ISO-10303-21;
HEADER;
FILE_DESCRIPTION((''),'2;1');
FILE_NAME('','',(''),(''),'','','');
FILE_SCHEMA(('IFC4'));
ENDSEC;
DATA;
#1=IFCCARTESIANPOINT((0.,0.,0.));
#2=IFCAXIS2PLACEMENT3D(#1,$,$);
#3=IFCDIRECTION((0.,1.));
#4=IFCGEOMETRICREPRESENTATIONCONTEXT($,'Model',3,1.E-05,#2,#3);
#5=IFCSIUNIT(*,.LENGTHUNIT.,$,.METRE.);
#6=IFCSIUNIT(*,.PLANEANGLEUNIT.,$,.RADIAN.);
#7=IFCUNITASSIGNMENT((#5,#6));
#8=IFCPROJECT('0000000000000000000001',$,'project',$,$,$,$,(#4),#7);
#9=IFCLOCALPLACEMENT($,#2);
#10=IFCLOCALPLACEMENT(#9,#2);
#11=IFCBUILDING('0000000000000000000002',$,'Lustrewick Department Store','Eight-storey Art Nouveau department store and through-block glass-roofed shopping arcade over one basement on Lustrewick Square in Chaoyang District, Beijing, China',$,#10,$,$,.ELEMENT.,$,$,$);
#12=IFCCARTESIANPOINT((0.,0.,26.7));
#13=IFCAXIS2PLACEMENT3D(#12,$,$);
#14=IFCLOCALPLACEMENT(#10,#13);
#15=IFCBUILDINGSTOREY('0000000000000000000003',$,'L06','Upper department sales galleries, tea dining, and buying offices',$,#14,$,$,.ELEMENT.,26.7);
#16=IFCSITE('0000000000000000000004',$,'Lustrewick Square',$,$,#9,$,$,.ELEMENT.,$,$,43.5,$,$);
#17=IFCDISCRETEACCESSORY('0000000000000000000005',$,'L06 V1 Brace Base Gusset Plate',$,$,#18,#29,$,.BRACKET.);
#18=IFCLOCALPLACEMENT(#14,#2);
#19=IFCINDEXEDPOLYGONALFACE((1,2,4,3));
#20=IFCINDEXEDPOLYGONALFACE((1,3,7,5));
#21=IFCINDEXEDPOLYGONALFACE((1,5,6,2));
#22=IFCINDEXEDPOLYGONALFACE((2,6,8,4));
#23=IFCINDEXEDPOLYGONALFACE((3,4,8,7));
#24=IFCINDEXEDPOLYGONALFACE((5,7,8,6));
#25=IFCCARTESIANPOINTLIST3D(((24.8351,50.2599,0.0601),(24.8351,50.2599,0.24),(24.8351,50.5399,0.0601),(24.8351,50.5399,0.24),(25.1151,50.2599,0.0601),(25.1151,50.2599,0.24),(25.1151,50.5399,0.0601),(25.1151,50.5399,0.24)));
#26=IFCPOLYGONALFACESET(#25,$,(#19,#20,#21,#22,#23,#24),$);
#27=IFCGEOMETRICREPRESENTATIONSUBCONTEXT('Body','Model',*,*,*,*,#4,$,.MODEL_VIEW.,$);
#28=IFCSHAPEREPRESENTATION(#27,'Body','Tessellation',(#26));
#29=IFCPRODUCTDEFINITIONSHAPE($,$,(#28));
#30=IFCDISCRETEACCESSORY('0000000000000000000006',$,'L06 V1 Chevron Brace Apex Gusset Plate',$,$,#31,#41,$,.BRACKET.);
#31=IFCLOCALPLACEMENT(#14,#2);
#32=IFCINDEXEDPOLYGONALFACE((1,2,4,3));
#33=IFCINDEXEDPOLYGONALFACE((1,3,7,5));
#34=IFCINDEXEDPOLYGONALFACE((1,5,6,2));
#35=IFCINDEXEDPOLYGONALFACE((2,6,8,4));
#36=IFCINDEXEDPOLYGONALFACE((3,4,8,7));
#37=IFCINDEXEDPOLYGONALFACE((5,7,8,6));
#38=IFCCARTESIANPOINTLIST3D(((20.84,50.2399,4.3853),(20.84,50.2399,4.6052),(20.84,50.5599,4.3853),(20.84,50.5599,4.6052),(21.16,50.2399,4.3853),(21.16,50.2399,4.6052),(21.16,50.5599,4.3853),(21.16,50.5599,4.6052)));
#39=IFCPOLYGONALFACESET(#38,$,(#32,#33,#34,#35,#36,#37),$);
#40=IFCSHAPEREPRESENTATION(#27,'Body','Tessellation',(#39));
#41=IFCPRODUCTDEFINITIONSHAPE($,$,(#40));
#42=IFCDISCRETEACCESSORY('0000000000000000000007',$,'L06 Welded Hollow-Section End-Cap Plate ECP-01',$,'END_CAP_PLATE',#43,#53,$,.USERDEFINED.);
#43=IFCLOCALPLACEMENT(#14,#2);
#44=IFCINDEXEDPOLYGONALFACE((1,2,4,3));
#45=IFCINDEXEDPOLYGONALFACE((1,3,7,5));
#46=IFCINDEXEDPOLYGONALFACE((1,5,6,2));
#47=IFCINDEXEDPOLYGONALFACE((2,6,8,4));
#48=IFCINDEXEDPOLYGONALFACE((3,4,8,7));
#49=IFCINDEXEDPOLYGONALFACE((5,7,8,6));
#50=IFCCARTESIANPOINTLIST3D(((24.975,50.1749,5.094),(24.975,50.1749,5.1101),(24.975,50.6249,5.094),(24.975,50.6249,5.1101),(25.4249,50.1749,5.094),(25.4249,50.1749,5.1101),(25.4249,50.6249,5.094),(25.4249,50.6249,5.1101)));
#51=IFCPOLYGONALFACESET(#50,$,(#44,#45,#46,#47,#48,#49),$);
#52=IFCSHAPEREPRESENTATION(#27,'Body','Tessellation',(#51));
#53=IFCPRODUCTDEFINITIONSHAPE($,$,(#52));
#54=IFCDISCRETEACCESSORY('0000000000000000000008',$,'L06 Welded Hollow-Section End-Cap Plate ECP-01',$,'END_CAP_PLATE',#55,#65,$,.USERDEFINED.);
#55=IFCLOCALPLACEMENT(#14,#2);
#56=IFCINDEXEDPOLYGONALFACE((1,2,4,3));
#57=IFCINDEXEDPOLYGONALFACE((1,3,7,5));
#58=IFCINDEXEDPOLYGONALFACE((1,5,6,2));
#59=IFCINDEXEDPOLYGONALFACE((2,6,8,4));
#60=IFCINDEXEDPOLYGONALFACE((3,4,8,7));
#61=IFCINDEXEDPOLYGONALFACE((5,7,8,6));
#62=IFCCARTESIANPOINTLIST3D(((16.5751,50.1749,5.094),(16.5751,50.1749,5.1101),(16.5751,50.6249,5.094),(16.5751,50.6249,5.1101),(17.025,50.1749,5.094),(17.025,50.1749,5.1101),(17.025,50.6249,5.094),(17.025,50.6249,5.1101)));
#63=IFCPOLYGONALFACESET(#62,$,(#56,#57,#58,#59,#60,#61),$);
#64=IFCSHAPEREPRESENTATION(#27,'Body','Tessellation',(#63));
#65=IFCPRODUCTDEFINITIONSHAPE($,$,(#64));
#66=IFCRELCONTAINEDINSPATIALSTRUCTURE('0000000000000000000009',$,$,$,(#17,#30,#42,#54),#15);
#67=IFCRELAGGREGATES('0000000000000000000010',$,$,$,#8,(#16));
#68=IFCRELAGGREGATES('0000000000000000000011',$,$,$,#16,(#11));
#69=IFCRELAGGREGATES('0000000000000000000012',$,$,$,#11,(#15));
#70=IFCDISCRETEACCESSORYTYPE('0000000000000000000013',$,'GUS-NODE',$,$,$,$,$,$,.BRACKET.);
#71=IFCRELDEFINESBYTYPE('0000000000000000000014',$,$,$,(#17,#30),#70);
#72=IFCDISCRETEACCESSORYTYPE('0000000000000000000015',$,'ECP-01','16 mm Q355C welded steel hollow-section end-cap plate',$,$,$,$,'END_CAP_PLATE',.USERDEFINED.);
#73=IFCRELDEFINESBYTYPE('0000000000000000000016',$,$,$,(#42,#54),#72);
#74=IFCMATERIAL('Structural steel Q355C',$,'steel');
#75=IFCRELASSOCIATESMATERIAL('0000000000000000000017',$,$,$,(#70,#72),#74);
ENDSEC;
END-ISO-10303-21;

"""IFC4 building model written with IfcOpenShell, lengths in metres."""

from ifc_helpers import new_model, si_unit, direction, frame, origin, origin_2d, place, context, subcontext, project, spatial, rectangle, extrude, material, type_object, element, save


model = new_model("IFC4")

# Units and contexts
model_context = context("Model", 3, precision=1e-05, world=origin(), true_north=direction((0.0, 1.0)))
body_context = subcontext(model_context, "Body", "Model", "MODEL_VIEW")
ifc_project = project(units=[si_unit("LENGTHUNIT", "METRE"), si_unit("PLANEANGLEUNIT", "RADIAN")], contexts=[model_context])

# Site, building, storey
site_placement = place(None, origin())
site = spatial("IfcSite", under=ifc_project, at=site_placement, Name="Lustrewick Square", CompositionType="ELEMENT", RefElevation=43.5)
building_placement = place(site_placement, origin())
building = spatial("IfcBuilding", under=site, at=building_placement, Name="Lustrewick Department Store", Description="Eight-storey Art Nouveau department store and through-block glass-roofed shopping arcade over one basement on Lustrewick Square in Chaoyang District, Beijing, China", CompositionType="ELEMENT")
storey_placement = place(building_placement, frame((0.0, 0.0, 26.7)))
storey = spatial("IfcBuildingStorey", under=building, at=storey_placement, Name="L06", Description="Upper department sales galleries, tea dining, and buying offices", CompositionType="ELEMENT", Elevation=26.7)

# Shared definitions
ifc_material_1 = material(Name="Structural steel Q355C", Category="steel")

# Discrete accessories
discrete_accessory_type_1 = type_object("IfcDiscreteAccessoryType", Name="GUS-NODE", PredefinedType="BRACKET", material=ifc_material_1)
for number, where, z_axis, x_axis, name in (
    (1, (24.9751, 50.3999, 0.0601), (0.0, 0.0, 1.0), (1.0, 0.0, 0.0), "L06 V1 Brace Base Gusset Plate"),
):
    element("IfcDiscreteAccessory", number, at=place(storey_placement, frame(where, z_axis=z_axis, x_axis=x_axis)), inside=storey, type_object=discrete_accessory_type_1, Name=name, PredefinedType="BRACKET", context=body_context, shape_type="SweptSolid", body=[
        extrude(rectangle(XDim=0.28, YDim=0.28, at=origin_2d()), origin(), (0.0, 0.0, 1.0), 0.1799),
    ])
discrete_accessory_placement = place(storey_placement, frame((21.0, 50.3999, 4.3853), z_axis=(0.0, 0.0, 1.0), x_axis=(1.0, 0.0, 0.0)))
element("IfcDiscreteAccessory", 2, at=discrete_accessory_placement, inside=storey, type_object=discrete_accessory_type_1, Name="L06 V1 Chevron Brace Apex Gusset Plate", PredefinedType="BRACKET", context=body_context, shape_type="SweptSolid", body=[
    extrude(rectangle(XDim=0.3201, YDim=0.3201, at=origin_2d()), origin(), (0.0, 0.0, 1.0), 0.22),
])
discrete_accessory_type_2 = type_object("IfcDiscreteAccessoryType", Name="ECP-01", Description="16 mm Q355C welded steel hollow-section end-cap plate", ElementType="END_CAP_PLATE", PredefinedType="USERDEFINED", material=ifc_material_1)
for number, where, z_axis, x_axis, name in (
    (3, (25.2, 50.3999, 5.094), (0.0, 0.0, 1.0), (1.0, 0.0, 0.0), "L06 Welded Hollow-Section End-Cap Plate ECP-01"),
    (4, (16.8, 50.3999, 5.094), (0.0, 0.0, 1.0), (1.0, 0.0, 0.0), "L06 Welded Hollow-Section End-Cap Plate ECP-01"),
):
    element("IfcDiscreteAccessory", number, at=place(storey_placement, frame(where, z_axis=z_axis, x_axis=x_axis)), inside=storey, type_object=discrete_accessory_type_2, Name=name, ObjectType="END_CAP_PLATE", PredefinedType="USERDEFINED", context=body_context, shape_type="SweptSolid", body=[
        extrude(rectangle(XDim=0.45, YDim=0.45, at=origin_2d()), origin(), (0.0, 0.0, 1.0), 0.0161),
    ])

save(model, "model.ifc")
